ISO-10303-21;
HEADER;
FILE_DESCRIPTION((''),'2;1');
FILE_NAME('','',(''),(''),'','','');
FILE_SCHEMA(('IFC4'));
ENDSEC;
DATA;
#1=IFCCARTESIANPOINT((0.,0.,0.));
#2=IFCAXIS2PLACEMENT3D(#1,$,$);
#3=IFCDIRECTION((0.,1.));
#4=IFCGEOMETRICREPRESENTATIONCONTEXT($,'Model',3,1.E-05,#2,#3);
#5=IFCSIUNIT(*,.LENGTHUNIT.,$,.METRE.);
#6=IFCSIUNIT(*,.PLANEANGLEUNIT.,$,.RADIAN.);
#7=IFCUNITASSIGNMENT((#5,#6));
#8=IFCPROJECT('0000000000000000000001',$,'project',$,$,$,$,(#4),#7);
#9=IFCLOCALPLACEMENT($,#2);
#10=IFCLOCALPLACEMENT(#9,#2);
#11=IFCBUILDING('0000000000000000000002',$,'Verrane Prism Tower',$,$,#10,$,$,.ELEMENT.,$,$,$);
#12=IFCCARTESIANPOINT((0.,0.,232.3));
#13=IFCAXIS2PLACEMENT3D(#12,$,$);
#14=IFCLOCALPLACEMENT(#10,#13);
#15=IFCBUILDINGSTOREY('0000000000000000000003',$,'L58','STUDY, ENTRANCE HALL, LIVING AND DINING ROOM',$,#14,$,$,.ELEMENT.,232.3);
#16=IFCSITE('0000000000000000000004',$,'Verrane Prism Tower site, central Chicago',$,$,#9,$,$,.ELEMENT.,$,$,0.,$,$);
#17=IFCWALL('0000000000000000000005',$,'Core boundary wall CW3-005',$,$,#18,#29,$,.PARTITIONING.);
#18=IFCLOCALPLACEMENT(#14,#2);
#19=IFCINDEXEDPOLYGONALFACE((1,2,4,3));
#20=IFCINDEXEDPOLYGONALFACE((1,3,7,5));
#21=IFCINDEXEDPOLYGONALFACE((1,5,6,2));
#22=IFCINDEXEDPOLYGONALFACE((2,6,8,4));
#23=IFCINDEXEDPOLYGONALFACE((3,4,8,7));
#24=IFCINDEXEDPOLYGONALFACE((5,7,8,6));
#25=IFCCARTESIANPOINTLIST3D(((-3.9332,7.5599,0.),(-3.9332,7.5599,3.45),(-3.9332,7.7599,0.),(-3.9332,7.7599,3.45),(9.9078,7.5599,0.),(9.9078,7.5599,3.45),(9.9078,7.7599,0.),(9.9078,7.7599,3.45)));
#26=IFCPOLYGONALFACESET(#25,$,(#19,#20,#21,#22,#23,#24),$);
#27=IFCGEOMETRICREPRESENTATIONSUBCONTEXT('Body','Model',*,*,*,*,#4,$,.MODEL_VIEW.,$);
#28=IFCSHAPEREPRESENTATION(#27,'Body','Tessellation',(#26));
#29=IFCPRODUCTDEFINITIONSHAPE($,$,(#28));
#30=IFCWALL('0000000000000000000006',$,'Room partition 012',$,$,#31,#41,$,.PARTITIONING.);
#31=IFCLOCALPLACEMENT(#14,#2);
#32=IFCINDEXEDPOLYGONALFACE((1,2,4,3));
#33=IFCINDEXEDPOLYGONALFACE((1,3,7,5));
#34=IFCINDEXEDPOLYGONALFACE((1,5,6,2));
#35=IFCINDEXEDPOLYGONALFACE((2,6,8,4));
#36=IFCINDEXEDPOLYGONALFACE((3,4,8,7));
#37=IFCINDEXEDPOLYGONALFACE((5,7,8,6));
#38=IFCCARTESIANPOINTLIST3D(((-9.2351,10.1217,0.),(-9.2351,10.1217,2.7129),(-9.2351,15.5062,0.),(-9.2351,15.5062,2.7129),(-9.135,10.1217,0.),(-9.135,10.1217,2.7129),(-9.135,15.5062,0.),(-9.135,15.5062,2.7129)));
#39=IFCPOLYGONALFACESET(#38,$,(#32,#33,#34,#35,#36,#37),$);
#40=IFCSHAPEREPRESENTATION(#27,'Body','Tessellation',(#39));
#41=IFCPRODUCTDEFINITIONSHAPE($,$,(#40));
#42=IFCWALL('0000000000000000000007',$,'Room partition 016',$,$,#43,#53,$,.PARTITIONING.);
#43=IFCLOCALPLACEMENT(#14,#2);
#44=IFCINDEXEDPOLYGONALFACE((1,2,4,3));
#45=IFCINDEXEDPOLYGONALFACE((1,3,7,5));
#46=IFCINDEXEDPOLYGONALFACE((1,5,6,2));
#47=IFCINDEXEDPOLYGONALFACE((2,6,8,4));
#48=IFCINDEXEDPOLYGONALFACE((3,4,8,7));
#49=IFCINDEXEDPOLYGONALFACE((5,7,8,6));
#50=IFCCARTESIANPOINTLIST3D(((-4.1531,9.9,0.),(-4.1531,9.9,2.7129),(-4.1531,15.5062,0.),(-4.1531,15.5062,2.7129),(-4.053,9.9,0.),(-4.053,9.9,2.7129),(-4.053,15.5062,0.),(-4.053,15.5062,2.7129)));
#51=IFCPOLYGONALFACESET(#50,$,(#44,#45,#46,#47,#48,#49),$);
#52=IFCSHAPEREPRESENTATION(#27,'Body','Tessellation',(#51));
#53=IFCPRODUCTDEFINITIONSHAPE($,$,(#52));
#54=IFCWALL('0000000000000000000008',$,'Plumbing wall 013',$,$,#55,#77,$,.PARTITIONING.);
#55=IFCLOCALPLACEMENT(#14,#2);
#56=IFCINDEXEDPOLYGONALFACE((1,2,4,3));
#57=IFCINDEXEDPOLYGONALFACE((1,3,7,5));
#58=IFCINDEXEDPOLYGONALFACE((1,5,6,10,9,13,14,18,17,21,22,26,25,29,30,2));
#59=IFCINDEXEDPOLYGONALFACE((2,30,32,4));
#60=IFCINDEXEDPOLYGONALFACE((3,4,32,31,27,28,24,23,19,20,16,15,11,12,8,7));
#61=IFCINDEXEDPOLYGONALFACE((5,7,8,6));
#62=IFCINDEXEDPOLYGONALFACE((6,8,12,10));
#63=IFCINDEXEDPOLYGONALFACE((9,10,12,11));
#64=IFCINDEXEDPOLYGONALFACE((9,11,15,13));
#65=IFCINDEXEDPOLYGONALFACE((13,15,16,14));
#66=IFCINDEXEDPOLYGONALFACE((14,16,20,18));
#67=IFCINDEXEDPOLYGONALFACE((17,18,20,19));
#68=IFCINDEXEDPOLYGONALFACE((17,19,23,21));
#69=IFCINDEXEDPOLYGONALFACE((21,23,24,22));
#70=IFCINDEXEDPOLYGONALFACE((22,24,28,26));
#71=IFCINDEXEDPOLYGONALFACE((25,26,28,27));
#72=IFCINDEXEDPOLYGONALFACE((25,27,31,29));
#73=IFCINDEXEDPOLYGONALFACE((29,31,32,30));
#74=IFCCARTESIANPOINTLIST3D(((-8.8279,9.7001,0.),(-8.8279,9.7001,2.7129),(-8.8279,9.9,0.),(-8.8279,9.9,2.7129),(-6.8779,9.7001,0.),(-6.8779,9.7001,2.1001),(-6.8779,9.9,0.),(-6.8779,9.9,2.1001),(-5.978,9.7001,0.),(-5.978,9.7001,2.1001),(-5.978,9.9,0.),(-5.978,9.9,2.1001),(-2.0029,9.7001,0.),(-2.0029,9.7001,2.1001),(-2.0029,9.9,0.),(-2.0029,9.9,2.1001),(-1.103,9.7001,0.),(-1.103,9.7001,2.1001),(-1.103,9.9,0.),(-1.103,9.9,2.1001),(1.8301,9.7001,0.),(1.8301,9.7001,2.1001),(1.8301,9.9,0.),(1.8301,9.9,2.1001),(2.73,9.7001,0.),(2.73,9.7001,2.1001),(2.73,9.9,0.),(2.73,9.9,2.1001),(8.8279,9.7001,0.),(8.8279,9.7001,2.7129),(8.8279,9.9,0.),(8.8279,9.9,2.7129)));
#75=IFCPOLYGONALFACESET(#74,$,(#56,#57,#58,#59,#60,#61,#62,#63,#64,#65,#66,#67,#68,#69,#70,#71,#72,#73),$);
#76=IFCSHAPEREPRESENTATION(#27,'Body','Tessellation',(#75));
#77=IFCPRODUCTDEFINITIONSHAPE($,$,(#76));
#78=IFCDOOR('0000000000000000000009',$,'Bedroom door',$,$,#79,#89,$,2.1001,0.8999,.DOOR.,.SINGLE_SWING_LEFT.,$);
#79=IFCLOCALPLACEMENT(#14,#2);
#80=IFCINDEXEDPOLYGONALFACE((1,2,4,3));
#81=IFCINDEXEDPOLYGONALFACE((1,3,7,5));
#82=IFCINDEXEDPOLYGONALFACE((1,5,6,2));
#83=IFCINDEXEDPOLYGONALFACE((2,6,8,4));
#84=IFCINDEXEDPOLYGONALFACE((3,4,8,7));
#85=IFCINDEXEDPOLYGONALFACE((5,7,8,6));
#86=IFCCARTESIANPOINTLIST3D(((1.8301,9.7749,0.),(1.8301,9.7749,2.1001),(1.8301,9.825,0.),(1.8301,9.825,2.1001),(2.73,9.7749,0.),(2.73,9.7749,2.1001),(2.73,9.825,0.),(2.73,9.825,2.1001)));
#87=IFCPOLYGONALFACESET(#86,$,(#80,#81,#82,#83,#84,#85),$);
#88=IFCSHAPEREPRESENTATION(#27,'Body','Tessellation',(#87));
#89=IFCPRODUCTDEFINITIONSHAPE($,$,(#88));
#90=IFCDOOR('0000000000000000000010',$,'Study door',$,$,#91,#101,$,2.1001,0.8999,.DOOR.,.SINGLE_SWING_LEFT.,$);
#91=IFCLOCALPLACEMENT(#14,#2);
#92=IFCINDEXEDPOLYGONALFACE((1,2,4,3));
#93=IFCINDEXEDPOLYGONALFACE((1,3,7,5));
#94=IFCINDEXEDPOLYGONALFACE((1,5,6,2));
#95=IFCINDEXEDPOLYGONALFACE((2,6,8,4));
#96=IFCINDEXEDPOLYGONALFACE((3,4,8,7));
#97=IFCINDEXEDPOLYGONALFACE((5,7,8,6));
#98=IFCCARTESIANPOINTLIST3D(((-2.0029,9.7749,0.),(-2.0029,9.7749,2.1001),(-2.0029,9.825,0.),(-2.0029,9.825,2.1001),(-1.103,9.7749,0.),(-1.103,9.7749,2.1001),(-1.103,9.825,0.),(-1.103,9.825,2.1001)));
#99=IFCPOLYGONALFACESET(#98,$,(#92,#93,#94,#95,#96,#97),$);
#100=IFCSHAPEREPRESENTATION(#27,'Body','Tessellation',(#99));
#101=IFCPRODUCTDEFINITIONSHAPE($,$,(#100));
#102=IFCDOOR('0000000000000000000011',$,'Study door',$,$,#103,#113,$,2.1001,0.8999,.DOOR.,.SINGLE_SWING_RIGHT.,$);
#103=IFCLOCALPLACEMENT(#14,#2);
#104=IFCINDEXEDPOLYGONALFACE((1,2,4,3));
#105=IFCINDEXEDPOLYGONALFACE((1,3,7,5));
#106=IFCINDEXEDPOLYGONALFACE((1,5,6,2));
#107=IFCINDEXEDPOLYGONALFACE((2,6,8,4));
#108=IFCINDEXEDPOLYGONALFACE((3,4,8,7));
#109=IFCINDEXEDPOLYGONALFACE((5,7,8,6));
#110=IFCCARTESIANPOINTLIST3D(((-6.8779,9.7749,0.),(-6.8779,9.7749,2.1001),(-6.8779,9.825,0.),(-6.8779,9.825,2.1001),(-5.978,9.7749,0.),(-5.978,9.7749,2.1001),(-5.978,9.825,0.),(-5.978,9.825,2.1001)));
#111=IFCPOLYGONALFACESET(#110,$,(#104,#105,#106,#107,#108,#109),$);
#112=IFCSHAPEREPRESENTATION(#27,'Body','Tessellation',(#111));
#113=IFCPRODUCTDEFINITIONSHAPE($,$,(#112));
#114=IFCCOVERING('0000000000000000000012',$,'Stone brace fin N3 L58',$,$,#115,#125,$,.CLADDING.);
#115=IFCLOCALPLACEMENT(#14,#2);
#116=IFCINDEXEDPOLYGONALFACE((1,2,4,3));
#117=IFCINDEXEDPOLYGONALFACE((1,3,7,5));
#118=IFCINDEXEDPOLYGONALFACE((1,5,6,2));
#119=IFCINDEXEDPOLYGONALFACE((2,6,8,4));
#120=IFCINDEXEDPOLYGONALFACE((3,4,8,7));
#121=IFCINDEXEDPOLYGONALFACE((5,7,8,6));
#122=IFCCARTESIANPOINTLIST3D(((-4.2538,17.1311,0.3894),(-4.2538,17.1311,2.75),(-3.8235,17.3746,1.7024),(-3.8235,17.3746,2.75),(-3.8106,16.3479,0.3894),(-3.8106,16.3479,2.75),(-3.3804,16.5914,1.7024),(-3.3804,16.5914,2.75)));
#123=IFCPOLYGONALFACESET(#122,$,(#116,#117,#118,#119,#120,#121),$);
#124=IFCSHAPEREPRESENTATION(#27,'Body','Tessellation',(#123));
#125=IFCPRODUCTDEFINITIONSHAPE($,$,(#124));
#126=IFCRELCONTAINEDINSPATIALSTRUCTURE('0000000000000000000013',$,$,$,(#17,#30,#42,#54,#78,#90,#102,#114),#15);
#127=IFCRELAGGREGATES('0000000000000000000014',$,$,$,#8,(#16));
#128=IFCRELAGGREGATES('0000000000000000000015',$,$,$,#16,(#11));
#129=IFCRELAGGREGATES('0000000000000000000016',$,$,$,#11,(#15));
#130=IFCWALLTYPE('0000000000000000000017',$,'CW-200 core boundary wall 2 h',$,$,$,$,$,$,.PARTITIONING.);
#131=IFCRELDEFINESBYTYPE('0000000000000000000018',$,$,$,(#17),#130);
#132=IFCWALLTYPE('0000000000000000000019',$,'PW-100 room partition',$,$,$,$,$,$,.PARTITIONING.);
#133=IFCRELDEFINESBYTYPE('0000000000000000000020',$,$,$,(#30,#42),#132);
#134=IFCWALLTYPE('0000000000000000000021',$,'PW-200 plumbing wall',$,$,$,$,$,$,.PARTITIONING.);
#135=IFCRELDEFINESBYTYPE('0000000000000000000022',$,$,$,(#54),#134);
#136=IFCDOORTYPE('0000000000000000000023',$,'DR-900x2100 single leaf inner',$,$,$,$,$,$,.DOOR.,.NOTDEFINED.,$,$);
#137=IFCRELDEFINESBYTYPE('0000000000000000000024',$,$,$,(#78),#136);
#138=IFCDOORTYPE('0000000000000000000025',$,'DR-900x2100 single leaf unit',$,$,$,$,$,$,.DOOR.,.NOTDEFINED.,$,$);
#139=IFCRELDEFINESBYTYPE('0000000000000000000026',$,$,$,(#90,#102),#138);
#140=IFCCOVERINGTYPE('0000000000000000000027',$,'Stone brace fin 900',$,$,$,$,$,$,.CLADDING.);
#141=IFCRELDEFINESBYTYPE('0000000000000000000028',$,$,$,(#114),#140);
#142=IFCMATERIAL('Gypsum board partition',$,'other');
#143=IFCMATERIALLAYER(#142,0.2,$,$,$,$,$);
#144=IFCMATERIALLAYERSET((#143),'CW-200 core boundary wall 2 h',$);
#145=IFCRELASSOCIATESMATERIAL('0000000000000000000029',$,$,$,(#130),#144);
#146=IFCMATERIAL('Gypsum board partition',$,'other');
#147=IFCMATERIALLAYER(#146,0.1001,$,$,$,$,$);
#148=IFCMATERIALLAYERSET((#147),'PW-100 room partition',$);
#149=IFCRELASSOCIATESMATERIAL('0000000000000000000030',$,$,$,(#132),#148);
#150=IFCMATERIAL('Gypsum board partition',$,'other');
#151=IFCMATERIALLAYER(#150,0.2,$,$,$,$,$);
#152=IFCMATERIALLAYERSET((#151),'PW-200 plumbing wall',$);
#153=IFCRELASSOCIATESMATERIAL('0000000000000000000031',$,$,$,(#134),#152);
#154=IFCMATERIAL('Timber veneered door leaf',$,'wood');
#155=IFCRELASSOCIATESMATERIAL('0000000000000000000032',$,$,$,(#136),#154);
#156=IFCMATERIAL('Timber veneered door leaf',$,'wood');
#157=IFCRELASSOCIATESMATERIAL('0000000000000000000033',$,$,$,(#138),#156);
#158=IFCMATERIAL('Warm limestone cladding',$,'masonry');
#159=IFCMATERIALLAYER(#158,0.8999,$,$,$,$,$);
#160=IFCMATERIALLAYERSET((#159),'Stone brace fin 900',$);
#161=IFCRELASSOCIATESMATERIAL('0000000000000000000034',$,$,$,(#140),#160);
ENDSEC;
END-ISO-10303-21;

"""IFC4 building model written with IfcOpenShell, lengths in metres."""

from ifc_helpers import new_model, si_unit, direction, frame, frame_2d, origin, place, context, subcontext, project, spatial, polyline, rectangle, outline, extrude, material, layer, layer_set, type_object, element, fill, save


model = new_model("IFC4")

# Units and contexts
model_context = context("Model", 3, precision=1e-05, world=origin(), true_north=direction((0.0, 1.0)))
body_context = subcontext(model_context, "Body", "Model", "MODEL_VIEW")
ifc_project = project(units=[si_unit("LENGTHUNIT", "METRE"), si_unit("PLANEANGLEUNIT", "RADIAN")], contexts=[model_context])

# Site, building, storey
site_placement = place(None, origin())
site = spatial("IfcSite", under=ifc_project, at=site_placement, Name="Verrane Prism Tower site, central Chicago", CompositionType="ELEMENT", RefElevation=0.0)
building_placement = place(site_placement, origin())
building = spatial("IfcBuilding", under=site, at=building_placement, Name="Verrane Prism Tower", CompositionType="ELEMENT")
storey_placement = place(building_placement, frame((0.0, 0.0, 232.3)))
storey = spatial("IfcBuildingStorey", under=building, at=storey_placement, Name="L58", Description="STUDY, ENTRANCE HALL, LIVING AND DINING ROOM", CompositionType="ELEMENT", Elevation=232.3)

# Walls
ifc_material_1 = material(Name="Gypsum board partition", Category="other")
ifc_layer_1 = layer(ifc_material_1, 0.2)
ifc_layer_set_1 = layer_set([ifc_layer_1], Name="CW-200 core boundary wall 2 h")
wall_type_1 = type_object("IfcWallType", Name="CW-200 core boundary wall 2 h", PredefinedType="PARTITIONING", material=ifc_layer_set_1)
wall_1_placement = place(storey_placement, frame((-3.9331, 7.6599, 0.0), z_axis=(0.0, 0.0, 1.0), x_axis=(1.0, 0.0, 0.0)))
element("IfcWall", 1, at=wall_1_placement, inside=storey, type_object=wall_type_1, Name="Core boundary wall CW3-005", PredefinedType="PARTITIONING", context=body_context, shape_type="SweptSolid", body=[
    extrude(rectangle(XDim=13.8411, YDim=0.2, at=frame_2d((6.9204, 0.0))), origin(), (0.0, 0.0, 1.0), 3.45),
])
ifc_material_2 = material(Name="Gypsum board partition", Category="other")
ifc_layer_2 = layer(ifc_material_2, 0.1001)
ifc_layer_set_2 = layer_set([ifc_layer_2], Name="PW-100 room partition")
wall_type_2 = type_object("IfcWallType", Name="PW-100 room partition", PredefinedType="PARTITIONING", material=ifc_layer_set_2)
wall_2_placement = place(storey_placement, frame((-9.1851, 10.1216, 0.0), z_axis=(0.0, 0.0, 1.0), x_axis=(0.0, 1.0, 0.0)))
element("IfcWall", 2, at=wall_2_placement, inside=storey, type_object=wall_type_2, Name="Room partition 012", PredefinedType="PARTITIONING", context=body_context, shape_type="SweptSolid", body=[
    extrude(rectangle(XDim=5.3845, YDim=0.1001, at=frame_2d((2.6924, 0.0))), origin(), (0.0, 0.0, 1.0), 2.7129),
])
wall_3_placement = place(storey_placement, frame((-4.103, 9.8999, 0.0), z_axis=(0.0, 0.0, 1.0), x_axis=(0.0, 1.0, 0.0)))
element("IfcWall", 3, at=wall_3_placement, inside=storey, type_object=wall_type_2, Name="Room partition 016", PredefinedType="PARTITIONING", context=body_context, shape_type="SweptSolid", body=[
    extrude(rectangle(XDim=5.6062, YDim=0.1001, at=frame_2d((2.8032, 0.0))), origin(), (0.0, 0.0, 1.0), 2.7129),
])

# Wall, openings, doors
ifc_material_3 = material(Name="Gypsum board partition", Category="other")
ifc_layer_3 = layer(ifc_material_3, 0.2)
ifc_layer_set_3 = layer_set([ifc_layer_3], Name="PW-200 plumbing wall")
wall_type_3 = type_object("IfcWallType", Name="PW-200 plumbing wall", PredefinedType="PARTITIONING", material=ifc_layer_set_3)
wall_4_placement = place(storey_placement, frame((-8.8279, 9.8, 0.0), z_axis=(0.0, 0.0, 1.0), x_axis=(1.0, 0.0, 0.0)))
wall_4 = element("IfcWall", 4, at=wall_4_placement, inside=storey, type_object=wall_type_3, Name="Plumbing wall 013", PredefinedType="PARTITIONING", context=body_context, shape_type="SweptSolid", body=[
    extrude(rectangle(XDim=17.6558, YDim=0.2, at=frame_2d((8.8279, 0.0))), origin(), (0.0, 0.0, 1.0), 2.7129),
])
opening_1_placement = place(wall_4_placement, frame((10.658, 0.0, 0.0)))
opening_1 = element("IfcOpeningElement", 5, at=opening_1_placement, cuts=wall_4, PredefinedType="OPENING", context=body_context, shape_type="SweptSolid", body=[
    extrude(rectangle(XDim=0.8999, YDim=2.1001, at=frame_2d((0.45, 1.05))), frame((0.0, 0.1099, 0.0), z_axis=(0.0, -1.0, 0.0), x_axis=(1.0, 0.0, 0.0)), (0.0, 0.0, 1.0), 0.22),
])
opening_2_placement = place(wall_4_placement, frame((6.825, 0.0, 0.0)))
opening_2 = element("IfcOpeningElement", 6, at=opening_2_placement, cuts=wall_4, PredefinedType="OPENING", context=body_context, shape_type="SweptSolid", body=[
    extrude(rectangle(XDim=0.8999, YDim=2.1001, at=frame_2d((0.45, 1.05))), frame((0.0, 0.1099, 0.0), z_axis=(0.0, -1.0, 0.0), x_axis=(1.0, 0.0, 0.0)), (0.0, 0.0, 1.0), 0.22),
])
opening_3_placement = place(wall_4_placement, frame((1.95, 0.0, 0.0)))
opening_3 = element("IfcOpeningElement", 7, at=opening_3_placement, cuts=wall_4, PredefinedType="OPENING", context=body_context, shape_type="SweptSolid", body=[
    extrude(rectangle(XDim=0.8999, YDim=2.1001, at=frame_2d((0.45, 1.05))), frame((0.0, 0.1099, 0.0), z_axis=(0.0, -1.0, 0.0), x_axis=(1.0, 0.0, 0.0)), (0.0, 0.0, 1.0), 0.22),
])
ifc_material_4 = material(Name="Timber veneered door leaf", Category="wood")
door_type_1 = type_object("IfcDoorType", Name="DR-900x2100 single leaf inner", OperationType="NOTDEFINED", PredefinedType="DOOR", material=ifc_material_4)
door_1_placement = place(opening_1_placement, origin())
door_1 = element("IfcDoor", 8, at=door_1_placement, inside=storey, type_object=door_type_1, Name="Bedroom door", OperationType="SINGLE_SWING_LEFT", OverallHeight=2.1001, OverallWidth=0.8999, PredefinedType="DOOR", context=body_context, shape_type="SweptSolid", body=[
    extrude(rectangle(XDim=0.8999, YDim=2.1001, at=frame_2d((0.45, 1.05))), frame((0.0, 0.0249, 0.0), z_axis=(0.0, -1.0, 0.0), x_axis=(1.0, 0.0, 0.0)), (0.0, 0.0, 1.0), 0.05),
])
fill(opening_1, door_1)
ifc_material_5 = material(Name="Timber veneered door leaf", Category="wood")
door_type_2 = type_object("IfcDoorType", Name="DR-900x2100 single leaf unit", OperationType="NOTDEFINED", PredefinedType="DOOR", material=ifc_material_5)
door_2_placement = place(opening_2_placement, origin())
door_2 = element("IfcDoor", 9, at=door_2_placement, inside=storey, type_object=door_type_2, Name="Study door", OperationType="SINGLE_SWING_LEFT", OverallHeight=2.1001, OverallWidth=0.8999, PredefinedType="DOOR", context=body_context, shape_type="SweptSolid", body=[
    extrude(rectangle(XDim=0.8999, YDim=2.1001, at=frame_2d((0.45, 1.05))), frame((0.0, 0.0249, 0.0), z_axis=(0.0, -1.0, 0.0), x_axis=(1.0, 0.0, 0.0)), (0.0, 0.0, 1.0), 0.05),
])
fill(opening_2, door_2)
door_3_placement = place(opening_3_placement, origin())
door_3 = element("IfcDoor", 10, at=door_3_placement, inside=storey, type_object=door_type_2, Name="Study door", OperationType="SINGLE_SWING_RIGHT", OverallHeight=2.1001, OverallWidth=0.8999, PredefinedType="DOOR", context=body_context, shape_type="SweptSolid", body=[
    extrude(rectangle(XDim=0.8999, YDim=2.1001, at=frame_2d((0.45, 1.05))), frame((0.0, 0.0249, 0.0), z_axis=(0.0, -1.0, 0.0), x_axis=(1.0, 0.0, 0.0)), (0.0, 0.0, 1.0), 0.05),
])
fill(opening_3, door_3)

# Covering
ifc_material_6 = material(Name="Warm limestone cladding", Category="masonry")
ifc_layer_4 = layer(ifc_material_6, 0.8999)
ifc_layer_set_4 = layer_set([ifc_layer_4], Name="Stone brace fin 900")
covering_type = type_object("IfcCoveringType", Name="Stone brace fin 900", PredefinedType="CLADDING", material=ifc_layer_set_4)
covering_placement = place(storey_placement, frame((-4.0322, 16.7395, 0.3894), z_axis=(0.0, 0.0, 1.0), x_axis=(0.870333, 0.492464, 0.0)))
element("IfcCovering", 11, at=covering_placement, inside=storey, type_object=covering_type, Name="Stone brace fin N3 L58", PredefinedType="CLADDING", context=body_context, shape_type="SweptSolid", body=[
    extrude(outline(polyline([(0.4944, 2.3606), (0.0, 2.3606), (0.0, 0.0), (0.4944, 1.313), (0.4944, 2.3606)])), frame((0.0, 0.45, 0.0), z_axis=(0.0, -1.0, 0.0), x_axis=(1.0, 0.0, 0.0)), (0.0, 0.0, 1.0), 0.8999),
])

save(model, "model.ifc")
